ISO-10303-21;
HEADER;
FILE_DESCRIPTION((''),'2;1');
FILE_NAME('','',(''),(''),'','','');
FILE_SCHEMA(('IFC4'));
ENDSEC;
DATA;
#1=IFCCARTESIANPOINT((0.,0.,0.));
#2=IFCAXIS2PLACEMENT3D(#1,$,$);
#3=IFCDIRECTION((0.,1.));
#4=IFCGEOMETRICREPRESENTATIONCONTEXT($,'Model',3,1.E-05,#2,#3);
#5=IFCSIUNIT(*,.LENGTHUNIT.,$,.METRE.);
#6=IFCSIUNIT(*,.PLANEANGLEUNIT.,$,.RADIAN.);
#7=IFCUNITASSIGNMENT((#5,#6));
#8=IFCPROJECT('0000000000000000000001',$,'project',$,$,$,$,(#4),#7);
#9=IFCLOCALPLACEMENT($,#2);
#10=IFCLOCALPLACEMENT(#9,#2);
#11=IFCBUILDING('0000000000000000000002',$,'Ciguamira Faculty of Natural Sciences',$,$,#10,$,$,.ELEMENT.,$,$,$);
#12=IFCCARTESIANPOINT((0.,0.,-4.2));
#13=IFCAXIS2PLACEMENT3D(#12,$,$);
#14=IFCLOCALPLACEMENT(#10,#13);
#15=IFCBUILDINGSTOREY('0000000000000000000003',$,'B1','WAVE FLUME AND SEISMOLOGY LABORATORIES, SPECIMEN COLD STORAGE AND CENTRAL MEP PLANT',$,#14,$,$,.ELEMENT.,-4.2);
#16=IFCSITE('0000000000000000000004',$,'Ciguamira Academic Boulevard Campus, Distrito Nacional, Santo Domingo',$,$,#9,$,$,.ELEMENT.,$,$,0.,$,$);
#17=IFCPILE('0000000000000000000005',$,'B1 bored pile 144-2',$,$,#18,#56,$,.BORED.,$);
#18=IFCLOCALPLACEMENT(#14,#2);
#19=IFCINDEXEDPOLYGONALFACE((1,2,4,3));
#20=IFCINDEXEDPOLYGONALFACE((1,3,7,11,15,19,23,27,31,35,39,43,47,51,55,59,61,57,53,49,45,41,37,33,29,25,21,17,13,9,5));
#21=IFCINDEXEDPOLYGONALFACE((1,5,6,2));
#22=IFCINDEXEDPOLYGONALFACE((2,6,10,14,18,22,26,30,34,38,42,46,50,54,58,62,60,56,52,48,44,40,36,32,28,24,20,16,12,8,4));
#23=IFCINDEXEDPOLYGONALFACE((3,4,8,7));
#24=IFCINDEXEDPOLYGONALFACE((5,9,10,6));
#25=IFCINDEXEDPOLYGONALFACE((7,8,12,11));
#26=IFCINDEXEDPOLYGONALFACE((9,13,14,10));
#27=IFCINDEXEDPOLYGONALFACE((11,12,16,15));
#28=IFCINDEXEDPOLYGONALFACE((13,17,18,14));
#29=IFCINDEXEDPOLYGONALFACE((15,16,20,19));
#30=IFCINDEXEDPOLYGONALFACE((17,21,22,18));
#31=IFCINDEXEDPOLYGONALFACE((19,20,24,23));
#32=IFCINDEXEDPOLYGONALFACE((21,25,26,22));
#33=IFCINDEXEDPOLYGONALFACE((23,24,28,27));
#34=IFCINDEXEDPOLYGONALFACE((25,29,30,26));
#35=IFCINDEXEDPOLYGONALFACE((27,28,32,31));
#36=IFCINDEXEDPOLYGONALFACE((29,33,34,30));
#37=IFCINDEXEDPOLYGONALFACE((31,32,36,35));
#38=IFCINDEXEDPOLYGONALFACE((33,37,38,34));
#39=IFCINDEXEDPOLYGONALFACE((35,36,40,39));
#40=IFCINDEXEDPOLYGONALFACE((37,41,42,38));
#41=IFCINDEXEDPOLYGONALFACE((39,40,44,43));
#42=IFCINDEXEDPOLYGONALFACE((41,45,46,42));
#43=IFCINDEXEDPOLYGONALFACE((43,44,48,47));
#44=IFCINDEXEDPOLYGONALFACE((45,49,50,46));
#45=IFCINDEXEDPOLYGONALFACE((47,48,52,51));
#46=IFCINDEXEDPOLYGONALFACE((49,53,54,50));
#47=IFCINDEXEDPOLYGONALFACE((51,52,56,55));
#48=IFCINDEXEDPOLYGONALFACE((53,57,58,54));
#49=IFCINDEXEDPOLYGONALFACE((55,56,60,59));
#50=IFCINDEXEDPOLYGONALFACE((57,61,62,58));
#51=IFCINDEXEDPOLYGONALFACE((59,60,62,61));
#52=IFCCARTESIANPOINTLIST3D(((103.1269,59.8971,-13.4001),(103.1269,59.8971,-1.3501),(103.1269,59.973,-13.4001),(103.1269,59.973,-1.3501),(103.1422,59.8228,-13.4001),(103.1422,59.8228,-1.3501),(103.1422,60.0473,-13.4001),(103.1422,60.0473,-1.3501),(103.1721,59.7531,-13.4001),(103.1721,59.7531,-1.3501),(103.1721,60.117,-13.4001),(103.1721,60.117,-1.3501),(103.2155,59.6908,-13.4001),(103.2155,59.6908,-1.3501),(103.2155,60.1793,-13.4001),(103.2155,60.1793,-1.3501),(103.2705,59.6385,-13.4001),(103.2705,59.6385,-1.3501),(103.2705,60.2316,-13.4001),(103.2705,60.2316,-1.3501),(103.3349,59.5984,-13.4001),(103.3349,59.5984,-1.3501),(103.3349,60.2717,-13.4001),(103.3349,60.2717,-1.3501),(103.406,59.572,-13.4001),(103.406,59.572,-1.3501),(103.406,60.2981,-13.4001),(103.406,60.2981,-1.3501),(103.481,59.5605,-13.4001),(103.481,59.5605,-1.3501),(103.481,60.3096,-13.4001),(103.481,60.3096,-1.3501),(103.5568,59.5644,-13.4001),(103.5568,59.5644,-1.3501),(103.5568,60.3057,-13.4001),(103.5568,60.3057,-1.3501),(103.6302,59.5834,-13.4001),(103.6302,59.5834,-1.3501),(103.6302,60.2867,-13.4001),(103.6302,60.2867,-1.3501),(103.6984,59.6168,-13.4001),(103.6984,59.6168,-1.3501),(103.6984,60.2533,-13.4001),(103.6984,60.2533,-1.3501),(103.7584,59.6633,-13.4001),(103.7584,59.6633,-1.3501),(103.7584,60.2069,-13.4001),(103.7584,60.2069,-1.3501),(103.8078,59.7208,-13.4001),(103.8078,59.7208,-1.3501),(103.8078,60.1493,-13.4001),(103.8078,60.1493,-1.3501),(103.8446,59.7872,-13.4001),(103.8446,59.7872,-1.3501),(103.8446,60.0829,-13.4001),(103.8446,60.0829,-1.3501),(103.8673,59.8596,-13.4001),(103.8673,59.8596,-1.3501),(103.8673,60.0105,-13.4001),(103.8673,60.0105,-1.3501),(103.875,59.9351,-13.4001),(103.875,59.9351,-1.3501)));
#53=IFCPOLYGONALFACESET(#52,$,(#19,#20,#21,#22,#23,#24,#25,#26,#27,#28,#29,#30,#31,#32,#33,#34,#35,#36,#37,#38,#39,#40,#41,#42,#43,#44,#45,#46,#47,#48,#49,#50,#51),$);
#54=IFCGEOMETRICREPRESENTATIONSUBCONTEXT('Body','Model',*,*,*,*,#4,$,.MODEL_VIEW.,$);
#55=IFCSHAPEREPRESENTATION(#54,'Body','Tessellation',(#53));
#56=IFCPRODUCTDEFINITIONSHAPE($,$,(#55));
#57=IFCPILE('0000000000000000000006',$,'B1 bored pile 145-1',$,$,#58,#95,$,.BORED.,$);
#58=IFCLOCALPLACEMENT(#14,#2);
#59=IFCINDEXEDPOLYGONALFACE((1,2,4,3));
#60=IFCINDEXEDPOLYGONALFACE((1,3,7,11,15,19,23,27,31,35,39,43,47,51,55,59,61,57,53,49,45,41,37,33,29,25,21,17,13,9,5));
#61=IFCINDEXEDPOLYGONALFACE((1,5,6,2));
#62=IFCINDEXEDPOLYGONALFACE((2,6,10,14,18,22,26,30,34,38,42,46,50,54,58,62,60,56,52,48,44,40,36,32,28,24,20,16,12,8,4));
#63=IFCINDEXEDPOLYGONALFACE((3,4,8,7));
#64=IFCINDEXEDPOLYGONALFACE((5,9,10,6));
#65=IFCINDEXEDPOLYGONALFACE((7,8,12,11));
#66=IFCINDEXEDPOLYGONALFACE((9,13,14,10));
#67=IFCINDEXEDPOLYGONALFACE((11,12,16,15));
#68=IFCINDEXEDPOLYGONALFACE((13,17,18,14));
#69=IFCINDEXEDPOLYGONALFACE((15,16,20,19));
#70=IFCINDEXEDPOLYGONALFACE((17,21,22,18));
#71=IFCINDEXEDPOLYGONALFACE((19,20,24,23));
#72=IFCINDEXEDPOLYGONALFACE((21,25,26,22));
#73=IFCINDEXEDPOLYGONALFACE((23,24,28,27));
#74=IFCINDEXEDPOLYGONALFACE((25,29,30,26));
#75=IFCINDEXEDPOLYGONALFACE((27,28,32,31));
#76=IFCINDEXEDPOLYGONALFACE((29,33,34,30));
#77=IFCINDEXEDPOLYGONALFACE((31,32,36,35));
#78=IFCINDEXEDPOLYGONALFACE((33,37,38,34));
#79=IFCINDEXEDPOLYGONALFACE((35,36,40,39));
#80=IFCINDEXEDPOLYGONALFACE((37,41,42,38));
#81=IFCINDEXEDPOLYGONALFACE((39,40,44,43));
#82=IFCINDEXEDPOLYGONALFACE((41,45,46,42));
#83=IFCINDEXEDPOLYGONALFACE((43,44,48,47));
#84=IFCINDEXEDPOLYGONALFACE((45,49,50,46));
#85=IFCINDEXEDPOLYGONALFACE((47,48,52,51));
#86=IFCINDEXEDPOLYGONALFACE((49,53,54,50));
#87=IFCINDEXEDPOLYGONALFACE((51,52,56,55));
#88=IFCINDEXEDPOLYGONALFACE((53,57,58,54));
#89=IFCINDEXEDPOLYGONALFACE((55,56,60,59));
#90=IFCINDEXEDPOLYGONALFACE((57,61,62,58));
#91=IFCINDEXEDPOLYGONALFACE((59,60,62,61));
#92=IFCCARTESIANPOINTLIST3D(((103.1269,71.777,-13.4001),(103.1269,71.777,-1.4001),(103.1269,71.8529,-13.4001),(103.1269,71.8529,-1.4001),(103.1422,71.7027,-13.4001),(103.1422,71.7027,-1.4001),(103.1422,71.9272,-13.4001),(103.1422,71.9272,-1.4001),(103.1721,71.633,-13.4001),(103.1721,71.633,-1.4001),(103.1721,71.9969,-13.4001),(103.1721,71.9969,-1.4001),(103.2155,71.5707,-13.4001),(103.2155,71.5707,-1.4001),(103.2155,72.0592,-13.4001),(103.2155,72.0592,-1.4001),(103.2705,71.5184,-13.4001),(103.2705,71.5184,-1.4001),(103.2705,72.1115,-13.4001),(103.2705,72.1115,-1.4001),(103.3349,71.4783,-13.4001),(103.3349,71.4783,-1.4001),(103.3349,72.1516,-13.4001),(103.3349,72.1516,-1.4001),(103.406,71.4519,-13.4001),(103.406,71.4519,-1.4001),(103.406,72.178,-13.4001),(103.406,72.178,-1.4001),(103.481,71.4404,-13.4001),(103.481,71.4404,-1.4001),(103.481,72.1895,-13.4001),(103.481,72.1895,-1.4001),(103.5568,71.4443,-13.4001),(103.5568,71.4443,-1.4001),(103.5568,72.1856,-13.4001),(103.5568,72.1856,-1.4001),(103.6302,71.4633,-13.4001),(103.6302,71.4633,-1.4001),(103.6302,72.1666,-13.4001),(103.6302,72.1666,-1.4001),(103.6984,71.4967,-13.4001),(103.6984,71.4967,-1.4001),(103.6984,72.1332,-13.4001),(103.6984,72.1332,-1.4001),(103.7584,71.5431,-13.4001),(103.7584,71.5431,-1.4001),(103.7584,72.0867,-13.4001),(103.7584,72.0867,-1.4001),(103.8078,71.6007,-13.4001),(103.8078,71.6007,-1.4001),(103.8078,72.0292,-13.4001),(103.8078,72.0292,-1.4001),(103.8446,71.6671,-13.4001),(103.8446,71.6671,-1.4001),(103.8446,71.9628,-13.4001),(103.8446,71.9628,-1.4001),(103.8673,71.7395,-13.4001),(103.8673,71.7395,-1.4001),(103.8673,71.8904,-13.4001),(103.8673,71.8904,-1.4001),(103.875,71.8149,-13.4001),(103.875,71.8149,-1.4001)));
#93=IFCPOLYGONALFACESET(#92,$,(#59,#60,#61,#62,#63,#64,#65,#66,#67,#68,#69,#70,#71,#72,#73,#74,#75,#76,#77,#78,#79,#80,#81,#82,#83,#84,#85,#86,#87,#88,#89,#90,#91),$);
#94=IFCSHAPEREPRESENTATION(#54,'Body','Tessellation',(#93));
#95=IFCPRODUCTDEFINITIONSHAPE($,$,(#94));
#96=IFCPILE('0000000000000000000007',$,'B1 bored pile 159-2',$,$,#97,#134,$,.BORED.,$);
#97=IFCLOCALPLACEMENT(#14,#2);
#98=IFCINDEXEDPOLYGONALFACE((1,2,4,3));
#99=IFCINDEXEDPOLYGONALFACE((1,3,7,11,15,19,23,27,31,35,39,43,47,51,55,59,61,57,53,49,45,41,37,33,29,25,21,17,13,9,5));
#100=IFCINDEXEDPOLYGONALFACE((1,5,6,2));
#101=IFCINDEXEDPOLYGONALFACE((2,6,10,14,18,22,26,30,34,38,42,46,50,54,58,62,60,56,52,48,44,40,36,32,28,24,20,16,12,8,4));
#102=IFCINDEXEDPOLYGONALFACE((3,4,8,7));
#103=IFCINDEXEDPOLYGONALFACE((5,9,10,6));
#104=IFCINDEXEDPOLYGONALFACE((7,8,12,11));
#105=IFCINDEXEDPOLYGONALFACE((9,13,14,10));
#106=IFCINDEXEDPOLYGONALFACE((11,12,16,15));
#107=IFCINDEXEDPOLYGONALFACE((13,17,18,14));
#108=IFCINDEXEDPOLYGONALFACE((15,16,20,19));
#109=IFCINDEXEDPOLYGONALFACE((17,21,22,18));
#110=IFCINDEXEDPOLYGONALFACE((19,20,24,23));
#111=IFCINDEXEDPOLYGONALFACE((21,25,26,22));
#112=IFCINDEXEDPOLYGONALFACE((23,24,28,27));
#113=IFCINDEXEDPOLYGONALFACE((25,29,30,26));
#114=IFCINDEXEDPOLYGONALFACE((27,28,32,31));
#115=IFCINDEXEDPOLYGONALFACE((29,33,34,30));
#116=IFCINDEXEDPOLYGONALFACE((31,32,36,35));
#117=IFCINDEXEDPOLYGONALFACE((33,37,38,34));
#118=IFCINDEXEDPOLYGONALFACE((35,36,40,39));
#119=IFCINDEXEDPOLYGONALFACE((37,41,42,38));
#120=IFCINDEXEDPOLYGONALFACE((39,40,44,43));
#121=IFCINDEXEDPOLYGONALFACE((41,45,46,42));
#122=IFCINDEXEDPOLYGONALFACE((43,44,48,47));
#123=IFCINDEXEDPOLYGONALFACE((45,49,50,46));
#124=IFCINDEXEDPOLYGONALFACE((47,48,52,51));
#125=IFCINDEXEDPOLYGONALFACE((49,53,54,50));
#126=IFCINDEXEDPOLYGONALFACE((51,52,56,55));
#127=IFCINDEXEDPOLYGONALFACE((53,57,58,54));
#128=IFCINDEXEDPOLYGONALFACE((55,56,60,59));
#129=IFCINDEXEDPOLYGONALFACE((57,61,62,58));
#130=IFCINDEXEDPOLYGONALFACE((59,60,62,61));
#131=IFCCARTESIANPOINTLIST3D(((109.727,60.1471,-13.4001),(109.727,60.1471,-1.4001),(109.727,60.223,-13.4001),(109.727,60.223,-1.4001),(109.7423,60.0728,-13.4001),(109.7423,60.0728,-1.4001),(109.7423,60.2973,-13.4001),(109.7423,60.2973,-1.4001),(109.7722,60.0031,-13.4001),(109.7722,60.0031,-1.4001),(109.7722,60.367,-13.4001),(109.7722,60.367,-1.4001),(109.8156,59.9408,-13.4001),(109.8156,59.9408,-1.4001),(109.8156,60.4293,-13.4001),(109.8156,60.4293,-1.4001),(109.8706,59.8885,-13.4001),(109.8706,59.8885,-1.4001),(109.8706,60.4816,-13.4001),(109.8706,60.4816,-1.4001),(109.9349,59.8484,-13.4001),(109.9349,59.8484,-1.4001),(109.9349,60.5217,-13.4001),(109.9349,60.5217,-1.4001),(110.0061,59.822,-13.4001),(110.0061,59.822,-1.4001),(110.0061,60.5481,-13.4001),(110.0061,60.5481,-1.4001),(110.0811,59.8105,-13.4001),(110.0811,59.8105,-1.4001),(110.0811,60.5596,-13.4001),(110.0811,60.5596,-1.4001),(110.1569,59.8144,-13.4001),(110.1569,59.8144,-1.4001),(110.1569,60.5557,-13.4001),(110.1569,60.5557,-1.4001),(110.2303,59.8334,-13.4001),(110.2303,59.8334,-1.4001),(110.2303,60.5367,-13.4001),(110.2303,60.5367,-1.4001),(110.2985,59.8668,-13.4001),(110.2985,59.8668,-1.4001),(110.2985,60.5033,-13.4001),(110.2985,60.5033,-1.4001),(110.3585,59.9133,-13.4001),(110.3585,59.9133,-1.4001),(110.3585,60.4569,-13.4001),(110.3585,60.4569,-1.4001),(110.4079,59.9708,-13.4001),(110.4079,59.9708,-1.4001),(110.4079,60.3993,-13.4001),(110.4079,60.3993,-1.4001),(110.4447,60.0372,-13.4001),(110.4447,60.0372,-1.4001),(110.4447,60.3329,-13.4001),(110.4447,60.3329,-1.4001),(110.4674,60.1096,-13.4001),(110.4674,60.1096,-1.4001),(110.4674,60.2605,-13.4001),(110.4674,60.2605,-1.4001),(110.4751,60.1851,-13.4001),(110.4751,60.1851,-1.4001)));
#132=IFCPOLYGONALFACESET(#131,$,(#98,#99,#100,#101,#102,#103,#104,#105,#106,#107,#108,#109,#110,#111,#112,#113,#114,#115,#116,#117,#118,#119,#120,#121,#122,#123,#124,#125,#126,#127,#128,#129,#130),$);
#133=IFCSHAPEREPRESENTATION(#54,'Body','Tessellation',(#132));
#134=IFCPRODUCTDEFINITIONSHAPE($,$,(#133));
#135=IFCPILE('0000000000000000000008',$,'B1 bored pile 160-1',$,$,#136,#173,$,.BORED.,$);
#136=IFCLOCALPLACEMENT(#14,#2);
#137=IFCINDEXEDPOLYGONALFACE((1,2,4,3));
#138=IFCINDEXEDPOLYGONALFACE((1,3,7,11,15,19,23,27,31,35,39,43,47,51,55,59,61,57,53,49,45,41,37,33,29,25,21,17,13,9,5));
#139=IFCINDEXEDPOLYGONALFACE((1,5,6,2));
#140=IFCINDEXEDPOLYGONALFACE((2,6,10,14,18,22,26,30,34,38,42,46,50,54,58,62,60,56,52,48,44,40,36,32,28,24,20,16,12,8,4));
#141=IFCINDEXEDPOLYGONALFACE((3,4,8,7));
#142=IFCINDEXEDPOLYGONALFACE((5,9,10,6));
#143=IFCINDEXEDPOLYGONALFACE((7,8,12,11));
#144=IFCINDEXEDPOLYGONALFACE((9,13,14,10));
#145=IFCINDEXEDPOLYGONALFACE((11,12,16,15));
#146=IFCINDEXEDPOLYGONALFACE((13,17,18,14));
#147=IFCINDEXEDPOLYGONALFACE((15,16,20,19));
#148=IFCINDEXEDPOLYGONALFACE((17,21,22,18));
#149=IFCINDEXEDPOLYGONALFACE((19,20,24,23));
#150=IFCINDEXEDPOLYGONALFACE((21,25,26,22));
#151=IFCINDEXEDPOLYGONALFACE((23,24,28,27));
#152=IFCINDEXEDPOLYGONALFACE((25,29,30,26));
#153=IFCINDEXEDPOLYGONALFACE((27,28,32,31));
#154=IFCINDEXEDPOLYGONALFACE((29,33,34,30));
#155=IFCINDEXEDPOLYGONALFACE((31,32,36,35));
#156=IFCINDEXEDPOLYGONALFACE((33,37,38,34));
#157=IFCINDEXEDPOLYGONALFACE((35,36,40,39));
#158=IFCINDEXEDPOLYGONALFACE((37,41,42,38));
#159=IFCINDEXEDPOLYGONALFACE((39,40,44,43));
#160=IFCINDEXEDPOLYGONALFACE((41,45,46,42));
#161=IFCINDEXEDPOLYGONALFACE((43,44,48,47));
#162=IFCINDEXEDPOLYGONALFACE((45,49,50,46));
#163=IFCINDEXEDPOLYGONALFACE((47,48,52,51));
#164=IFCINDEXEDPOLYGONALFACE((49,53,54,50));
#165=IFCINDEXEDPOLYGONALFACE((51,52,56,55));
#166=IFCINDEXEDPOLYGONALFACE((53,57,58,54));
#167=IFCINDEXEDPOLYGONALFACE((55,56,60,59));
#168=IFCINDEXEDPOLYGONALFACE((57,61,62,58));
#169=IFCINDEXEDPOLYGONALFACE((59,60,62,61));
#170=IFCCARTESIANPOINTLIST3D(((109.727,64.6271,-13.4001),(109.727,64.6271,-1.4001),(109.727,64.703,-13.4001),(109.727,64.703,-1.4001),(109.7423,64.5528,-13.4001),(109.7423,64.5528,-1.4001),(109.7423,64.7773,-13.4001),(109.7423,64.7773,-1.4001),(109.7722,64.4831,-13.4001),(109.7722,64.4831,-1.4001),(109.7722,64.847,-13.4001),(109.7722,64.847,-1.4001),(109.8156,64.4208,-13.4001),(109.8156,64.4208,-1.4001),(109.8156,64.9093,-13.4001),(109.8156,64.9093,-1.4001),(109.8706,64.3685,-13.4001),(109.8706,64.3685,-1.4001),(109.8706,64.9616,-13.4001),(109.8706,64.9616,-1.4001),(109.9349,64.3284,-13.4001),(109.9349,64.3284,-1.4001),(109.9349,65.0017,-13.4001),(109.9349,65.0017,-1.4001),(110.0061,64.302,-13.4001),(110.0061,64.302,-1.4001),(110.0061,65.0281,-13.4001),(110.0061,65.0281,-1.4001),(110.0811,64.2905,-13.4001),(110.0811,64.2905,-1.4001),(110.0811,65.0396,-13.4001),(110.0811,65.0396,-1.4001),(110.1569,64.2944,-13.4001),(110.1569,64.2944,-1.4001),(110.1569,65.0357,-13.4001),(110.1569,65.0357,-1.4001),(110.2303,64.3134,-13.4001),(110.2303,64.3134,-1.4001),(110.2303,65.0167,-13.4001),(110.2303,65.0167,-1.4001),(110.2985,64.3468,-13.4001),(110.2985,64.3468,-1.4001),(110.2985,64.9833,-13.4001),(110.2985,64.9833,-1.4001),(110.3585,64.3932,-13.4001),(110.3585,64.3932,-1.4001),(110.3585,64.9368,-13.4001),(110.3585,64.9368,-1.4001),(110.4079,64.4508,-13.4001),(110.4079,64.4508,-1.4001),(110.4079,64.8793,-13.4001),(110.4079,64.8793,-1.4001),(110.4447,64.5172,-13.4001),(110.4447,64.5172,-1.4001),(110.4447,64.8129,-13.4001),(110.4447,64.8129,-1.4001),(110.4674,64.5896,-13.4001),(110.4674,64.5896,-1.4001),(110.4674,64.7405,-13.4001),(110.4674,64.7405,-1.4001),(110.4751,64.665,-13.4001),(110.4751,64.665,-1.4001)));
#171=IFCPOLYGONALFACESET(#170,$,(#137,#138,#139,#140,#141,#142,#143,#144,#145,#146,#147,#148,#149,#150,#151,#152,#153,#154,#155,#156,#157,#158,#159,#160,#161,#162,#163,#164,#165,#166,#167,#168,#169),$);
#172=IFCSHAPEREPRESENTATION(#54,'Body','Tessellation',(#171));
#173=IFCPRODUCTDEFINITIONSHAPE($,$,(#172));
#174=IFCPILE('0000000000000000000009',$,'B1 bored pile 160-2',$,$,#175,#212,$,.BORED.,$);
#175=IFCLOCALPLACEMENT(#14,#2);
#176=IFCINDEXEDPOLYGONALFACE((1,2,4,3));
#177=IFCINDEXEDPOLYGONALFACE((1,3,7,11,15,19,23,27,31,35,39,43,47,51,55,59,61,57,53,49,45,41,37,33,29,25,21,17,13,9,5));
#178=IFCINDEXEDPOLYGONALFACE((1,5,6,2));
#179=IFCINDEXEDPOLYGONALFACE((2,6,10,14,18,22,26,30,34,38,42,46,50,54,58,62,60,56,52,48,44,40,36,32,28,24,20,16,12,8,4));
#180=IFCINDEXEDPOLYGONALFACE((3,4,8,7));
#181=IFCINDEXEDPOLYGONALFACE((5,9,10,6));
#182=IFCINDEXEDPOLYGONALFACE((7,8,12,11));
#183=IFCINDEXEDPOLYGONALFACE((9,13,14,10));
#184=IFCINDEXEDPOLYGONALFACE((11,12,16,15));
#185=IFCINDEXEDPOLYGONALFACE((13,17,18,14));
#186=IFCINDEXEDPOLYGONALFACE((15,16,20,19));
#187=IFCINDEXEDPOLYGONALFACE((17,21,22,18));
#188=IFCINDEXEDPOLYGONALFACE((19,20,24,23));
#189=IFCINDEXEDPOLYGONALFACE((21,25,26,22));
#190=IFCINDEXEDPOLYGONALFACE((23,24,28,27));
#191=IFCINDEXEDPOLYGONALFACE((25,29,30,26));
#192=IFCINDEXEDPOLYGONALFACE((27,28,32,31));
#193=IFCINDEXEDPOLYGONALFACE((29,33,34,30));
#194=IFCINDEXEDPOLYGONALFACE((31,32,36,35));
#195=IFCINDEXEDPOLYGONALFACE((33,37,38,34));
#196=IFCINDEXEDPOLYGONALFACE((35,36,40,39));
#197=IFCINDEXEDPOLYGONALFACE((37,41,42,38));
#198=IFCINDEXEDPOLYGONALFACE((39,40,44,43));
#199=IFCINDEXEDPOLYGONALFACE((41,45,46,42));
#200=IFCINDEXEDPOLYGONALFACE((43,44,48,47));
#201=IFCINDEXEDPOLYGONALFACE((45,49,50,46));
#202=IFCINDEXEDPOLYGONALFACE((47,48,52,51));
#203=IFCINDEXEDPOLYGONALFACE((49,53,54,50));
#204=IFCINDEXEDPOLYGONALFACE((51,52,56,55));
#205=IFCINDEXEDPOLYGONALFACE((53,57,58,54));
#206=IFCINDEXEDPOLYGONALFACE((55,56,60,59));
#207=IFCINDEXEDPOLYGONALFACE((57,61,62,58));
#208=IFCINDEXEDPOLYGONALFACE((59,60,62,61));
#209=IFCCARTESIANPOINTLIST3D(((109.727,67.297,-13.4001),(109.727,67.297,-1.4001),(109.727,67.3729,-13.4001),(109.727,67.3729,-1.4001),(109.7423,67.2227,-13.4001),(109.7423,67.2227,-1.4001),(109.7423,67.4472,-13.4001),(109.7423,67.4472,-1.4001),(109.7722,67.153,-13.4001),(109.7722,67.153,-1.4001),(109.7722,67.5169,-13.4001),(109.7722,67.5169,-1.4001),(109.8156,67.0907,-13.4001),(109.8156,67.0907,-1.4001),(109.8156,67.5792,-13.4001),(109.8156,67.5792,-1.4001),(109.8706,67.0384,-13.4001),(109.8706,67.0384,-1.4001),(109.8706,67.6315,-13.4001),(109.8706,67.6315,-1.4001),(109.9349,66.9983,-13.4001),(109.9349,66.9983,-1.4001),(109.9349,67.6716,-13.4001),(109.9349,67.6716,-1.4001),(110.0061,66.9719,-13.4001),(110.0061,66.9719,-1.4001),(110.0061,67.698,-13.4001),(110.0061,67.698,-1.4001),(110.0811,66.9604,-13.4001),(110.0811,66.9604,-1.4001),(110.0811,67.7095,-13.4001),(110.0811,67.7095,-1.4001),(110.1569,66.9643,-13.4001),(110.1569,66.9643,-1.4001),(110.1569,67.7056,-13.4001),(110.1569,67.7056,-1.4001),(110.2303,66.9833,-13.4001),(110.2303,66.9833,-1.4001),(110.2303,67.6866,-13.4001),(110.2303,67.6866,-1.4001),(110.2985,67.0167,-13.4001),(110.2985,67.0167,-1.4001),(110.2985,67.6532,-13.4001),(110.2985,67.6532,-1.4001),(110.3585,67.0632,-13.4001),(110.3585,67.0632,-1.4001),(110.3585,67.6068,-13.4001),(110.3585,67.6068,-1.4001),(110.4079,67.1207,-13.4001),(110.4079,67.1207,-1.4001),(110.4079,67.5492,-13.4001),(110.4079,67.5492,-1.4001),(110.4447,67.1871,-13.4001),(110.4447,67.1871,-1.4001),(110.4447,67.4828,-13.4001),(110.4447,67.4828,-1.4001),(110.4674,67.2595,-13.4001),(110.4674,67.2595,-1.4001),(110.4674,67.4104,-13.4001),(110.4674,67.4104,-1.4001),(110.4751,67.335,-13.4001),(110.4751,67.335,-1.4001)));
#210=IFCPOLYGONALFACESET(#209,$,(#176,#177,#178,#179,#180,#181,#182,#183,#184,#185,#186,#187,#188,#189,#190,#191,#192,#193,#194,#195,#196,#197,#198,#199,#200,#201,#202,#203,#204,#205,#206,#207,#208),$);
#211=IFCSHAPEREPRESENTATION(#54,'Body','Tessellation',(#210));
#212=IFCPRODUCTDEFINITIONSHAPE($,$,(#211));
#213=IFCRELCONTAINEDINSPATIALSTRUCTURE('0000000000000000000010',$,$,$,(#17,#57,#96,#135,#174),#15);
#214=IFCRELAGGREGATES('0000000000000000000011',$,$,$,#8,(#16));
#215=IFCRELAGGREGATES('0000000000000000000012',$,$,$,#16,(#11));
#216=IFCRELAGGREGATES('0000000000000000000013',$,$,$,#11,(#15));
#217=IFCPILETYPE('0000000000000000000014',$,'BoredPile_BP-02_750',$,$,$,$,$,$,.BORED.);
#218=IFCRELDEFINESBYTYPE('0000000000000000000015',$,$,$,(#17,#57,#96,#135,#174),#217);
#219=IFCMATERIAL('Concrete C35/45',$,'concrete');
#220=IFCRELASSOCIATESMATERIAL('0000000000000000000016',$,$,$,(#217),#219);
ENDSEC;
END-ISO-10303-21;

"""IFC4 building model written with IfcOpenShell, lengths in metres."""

from ifc_helpers import new_model, si_unit, direction, frame, origin, origin_2d, place, context, subcontext, project, spatial, circle, extrude, material, material_profile, profile_set, type_object, element, save


model = new_model("IFC4")

# Units and contexts
model_context = context("Model", 3, precision=1e-05, world=origin(), true_north=direction((0.0, 1.0)))
body_context = subcontext(model_context, "Body", "Model", "MODEL_VIEW")
ifc_project = project(units=[si_unit("LENGTHUNIT", "METRE"), si_unit("PLANEANGLEUNIT", "RADIAN")], contexts=[model_context])

# Site, building, storey
site_placement = place(None, origin())
site = spatial("IfcSite", under=ifc_project, at=site_placement, Name="Ciguamira Academic Boulevard Campus, Distrito Nacional, Santo Domingo", CompositionType="ELEMENT", RefElevation=0.0)
building_placement = place(site_placement, origin())
building = spatial("IfcBuilding", under=site, at=building_placement, Name="Ciguamira Faculty of Natural Sciences", CompositionType="ELEMENT")
storey_placement = place(building_placement, frame((0.0, 0.0, -4.2)))
storey = spatial("IfcBuildingStorey", under=building, at=storey_placement, Name="B1", Description="WAVE FLUME AND SEISMOLOGY LABORATORIES, SPECIMEN COLD STORAGE AND CENTRAL MEP PLANT", CompositionType="ELEMENT", Elevation=-4.2)

# Piles
ifc_material_1 = material(Name="Concrete C35/45", Category="concrete")
ifc_material_profile_1 = material_profile(ifc_material_1, circle(Radius=0.375, at=origin_2d()), Name="PILE-BORED-750")
ifc_profile_set_1 = profile_set([ifc_material_profile_1], Name="Concrete C35/45")
pile_type = type_object("IfcPileType", Name="BoredPile_BP-02_750", PredefinedType="BORED", material=ifc_profile_set_1)
pile_placement = place(storey_placement, frame((103.5, 59.9351, -1.3501), z_axis=(0.0, 0.0, -1.0), x_axis=(1.0, 0.0, 0.0)))
element("IfcPile", 1, at=pile_placement, inside=storey, type_object=pile_type, Name="B1 bored pile 144-2", PredefinedType="BORED", context=body_context, shape_type="SweptSolid", body=[
    extrude(circle(Radius=0.375, at=origin_2d()), origin(), (0.0, 0.0, 1.0), 12.05),
])
for number, where, z_axis, x_axis, name in (
    (2, (103.5, 71.8149, -1.4001), (0.0, 0.0, -1.0), (1.0, 0.0, 0.0), "B1 bored pile 145-1"),
    (3, (110.1001, 60.1851, -1.4001), (0.0, 0.0, -1.0), (1.0, 0.0, 0.0), "B1 bored pile 159-2"),
    (4, (110.1001, 64.665, -1.4001), (0.0, 0.0, -1.0), (1.0, 0.0, 0.0), "B1 bored pile 160-1"),
    (5, (110.1001, 67.335, -1.4001), (0.0, 0.0, -1.0), (1.0, 0.0, 0.0), "B1 bored pile 160-2"),
):
    element("IfcPile", number, at=place(storey_placement, frame(where, z_axis=z_axis, x_axis=x_axis)), inside=storey, type_object=pile_type, Name=name, PredefinedType="BORED", context=body_context, shape_type="SweptSolid", body=[
        extrude(circle(Radius=0.375, at=origin_2d()), origin(), (0.0, 0.0, 1.0), 12.0),
    ])

save(model, "model.ifc")
